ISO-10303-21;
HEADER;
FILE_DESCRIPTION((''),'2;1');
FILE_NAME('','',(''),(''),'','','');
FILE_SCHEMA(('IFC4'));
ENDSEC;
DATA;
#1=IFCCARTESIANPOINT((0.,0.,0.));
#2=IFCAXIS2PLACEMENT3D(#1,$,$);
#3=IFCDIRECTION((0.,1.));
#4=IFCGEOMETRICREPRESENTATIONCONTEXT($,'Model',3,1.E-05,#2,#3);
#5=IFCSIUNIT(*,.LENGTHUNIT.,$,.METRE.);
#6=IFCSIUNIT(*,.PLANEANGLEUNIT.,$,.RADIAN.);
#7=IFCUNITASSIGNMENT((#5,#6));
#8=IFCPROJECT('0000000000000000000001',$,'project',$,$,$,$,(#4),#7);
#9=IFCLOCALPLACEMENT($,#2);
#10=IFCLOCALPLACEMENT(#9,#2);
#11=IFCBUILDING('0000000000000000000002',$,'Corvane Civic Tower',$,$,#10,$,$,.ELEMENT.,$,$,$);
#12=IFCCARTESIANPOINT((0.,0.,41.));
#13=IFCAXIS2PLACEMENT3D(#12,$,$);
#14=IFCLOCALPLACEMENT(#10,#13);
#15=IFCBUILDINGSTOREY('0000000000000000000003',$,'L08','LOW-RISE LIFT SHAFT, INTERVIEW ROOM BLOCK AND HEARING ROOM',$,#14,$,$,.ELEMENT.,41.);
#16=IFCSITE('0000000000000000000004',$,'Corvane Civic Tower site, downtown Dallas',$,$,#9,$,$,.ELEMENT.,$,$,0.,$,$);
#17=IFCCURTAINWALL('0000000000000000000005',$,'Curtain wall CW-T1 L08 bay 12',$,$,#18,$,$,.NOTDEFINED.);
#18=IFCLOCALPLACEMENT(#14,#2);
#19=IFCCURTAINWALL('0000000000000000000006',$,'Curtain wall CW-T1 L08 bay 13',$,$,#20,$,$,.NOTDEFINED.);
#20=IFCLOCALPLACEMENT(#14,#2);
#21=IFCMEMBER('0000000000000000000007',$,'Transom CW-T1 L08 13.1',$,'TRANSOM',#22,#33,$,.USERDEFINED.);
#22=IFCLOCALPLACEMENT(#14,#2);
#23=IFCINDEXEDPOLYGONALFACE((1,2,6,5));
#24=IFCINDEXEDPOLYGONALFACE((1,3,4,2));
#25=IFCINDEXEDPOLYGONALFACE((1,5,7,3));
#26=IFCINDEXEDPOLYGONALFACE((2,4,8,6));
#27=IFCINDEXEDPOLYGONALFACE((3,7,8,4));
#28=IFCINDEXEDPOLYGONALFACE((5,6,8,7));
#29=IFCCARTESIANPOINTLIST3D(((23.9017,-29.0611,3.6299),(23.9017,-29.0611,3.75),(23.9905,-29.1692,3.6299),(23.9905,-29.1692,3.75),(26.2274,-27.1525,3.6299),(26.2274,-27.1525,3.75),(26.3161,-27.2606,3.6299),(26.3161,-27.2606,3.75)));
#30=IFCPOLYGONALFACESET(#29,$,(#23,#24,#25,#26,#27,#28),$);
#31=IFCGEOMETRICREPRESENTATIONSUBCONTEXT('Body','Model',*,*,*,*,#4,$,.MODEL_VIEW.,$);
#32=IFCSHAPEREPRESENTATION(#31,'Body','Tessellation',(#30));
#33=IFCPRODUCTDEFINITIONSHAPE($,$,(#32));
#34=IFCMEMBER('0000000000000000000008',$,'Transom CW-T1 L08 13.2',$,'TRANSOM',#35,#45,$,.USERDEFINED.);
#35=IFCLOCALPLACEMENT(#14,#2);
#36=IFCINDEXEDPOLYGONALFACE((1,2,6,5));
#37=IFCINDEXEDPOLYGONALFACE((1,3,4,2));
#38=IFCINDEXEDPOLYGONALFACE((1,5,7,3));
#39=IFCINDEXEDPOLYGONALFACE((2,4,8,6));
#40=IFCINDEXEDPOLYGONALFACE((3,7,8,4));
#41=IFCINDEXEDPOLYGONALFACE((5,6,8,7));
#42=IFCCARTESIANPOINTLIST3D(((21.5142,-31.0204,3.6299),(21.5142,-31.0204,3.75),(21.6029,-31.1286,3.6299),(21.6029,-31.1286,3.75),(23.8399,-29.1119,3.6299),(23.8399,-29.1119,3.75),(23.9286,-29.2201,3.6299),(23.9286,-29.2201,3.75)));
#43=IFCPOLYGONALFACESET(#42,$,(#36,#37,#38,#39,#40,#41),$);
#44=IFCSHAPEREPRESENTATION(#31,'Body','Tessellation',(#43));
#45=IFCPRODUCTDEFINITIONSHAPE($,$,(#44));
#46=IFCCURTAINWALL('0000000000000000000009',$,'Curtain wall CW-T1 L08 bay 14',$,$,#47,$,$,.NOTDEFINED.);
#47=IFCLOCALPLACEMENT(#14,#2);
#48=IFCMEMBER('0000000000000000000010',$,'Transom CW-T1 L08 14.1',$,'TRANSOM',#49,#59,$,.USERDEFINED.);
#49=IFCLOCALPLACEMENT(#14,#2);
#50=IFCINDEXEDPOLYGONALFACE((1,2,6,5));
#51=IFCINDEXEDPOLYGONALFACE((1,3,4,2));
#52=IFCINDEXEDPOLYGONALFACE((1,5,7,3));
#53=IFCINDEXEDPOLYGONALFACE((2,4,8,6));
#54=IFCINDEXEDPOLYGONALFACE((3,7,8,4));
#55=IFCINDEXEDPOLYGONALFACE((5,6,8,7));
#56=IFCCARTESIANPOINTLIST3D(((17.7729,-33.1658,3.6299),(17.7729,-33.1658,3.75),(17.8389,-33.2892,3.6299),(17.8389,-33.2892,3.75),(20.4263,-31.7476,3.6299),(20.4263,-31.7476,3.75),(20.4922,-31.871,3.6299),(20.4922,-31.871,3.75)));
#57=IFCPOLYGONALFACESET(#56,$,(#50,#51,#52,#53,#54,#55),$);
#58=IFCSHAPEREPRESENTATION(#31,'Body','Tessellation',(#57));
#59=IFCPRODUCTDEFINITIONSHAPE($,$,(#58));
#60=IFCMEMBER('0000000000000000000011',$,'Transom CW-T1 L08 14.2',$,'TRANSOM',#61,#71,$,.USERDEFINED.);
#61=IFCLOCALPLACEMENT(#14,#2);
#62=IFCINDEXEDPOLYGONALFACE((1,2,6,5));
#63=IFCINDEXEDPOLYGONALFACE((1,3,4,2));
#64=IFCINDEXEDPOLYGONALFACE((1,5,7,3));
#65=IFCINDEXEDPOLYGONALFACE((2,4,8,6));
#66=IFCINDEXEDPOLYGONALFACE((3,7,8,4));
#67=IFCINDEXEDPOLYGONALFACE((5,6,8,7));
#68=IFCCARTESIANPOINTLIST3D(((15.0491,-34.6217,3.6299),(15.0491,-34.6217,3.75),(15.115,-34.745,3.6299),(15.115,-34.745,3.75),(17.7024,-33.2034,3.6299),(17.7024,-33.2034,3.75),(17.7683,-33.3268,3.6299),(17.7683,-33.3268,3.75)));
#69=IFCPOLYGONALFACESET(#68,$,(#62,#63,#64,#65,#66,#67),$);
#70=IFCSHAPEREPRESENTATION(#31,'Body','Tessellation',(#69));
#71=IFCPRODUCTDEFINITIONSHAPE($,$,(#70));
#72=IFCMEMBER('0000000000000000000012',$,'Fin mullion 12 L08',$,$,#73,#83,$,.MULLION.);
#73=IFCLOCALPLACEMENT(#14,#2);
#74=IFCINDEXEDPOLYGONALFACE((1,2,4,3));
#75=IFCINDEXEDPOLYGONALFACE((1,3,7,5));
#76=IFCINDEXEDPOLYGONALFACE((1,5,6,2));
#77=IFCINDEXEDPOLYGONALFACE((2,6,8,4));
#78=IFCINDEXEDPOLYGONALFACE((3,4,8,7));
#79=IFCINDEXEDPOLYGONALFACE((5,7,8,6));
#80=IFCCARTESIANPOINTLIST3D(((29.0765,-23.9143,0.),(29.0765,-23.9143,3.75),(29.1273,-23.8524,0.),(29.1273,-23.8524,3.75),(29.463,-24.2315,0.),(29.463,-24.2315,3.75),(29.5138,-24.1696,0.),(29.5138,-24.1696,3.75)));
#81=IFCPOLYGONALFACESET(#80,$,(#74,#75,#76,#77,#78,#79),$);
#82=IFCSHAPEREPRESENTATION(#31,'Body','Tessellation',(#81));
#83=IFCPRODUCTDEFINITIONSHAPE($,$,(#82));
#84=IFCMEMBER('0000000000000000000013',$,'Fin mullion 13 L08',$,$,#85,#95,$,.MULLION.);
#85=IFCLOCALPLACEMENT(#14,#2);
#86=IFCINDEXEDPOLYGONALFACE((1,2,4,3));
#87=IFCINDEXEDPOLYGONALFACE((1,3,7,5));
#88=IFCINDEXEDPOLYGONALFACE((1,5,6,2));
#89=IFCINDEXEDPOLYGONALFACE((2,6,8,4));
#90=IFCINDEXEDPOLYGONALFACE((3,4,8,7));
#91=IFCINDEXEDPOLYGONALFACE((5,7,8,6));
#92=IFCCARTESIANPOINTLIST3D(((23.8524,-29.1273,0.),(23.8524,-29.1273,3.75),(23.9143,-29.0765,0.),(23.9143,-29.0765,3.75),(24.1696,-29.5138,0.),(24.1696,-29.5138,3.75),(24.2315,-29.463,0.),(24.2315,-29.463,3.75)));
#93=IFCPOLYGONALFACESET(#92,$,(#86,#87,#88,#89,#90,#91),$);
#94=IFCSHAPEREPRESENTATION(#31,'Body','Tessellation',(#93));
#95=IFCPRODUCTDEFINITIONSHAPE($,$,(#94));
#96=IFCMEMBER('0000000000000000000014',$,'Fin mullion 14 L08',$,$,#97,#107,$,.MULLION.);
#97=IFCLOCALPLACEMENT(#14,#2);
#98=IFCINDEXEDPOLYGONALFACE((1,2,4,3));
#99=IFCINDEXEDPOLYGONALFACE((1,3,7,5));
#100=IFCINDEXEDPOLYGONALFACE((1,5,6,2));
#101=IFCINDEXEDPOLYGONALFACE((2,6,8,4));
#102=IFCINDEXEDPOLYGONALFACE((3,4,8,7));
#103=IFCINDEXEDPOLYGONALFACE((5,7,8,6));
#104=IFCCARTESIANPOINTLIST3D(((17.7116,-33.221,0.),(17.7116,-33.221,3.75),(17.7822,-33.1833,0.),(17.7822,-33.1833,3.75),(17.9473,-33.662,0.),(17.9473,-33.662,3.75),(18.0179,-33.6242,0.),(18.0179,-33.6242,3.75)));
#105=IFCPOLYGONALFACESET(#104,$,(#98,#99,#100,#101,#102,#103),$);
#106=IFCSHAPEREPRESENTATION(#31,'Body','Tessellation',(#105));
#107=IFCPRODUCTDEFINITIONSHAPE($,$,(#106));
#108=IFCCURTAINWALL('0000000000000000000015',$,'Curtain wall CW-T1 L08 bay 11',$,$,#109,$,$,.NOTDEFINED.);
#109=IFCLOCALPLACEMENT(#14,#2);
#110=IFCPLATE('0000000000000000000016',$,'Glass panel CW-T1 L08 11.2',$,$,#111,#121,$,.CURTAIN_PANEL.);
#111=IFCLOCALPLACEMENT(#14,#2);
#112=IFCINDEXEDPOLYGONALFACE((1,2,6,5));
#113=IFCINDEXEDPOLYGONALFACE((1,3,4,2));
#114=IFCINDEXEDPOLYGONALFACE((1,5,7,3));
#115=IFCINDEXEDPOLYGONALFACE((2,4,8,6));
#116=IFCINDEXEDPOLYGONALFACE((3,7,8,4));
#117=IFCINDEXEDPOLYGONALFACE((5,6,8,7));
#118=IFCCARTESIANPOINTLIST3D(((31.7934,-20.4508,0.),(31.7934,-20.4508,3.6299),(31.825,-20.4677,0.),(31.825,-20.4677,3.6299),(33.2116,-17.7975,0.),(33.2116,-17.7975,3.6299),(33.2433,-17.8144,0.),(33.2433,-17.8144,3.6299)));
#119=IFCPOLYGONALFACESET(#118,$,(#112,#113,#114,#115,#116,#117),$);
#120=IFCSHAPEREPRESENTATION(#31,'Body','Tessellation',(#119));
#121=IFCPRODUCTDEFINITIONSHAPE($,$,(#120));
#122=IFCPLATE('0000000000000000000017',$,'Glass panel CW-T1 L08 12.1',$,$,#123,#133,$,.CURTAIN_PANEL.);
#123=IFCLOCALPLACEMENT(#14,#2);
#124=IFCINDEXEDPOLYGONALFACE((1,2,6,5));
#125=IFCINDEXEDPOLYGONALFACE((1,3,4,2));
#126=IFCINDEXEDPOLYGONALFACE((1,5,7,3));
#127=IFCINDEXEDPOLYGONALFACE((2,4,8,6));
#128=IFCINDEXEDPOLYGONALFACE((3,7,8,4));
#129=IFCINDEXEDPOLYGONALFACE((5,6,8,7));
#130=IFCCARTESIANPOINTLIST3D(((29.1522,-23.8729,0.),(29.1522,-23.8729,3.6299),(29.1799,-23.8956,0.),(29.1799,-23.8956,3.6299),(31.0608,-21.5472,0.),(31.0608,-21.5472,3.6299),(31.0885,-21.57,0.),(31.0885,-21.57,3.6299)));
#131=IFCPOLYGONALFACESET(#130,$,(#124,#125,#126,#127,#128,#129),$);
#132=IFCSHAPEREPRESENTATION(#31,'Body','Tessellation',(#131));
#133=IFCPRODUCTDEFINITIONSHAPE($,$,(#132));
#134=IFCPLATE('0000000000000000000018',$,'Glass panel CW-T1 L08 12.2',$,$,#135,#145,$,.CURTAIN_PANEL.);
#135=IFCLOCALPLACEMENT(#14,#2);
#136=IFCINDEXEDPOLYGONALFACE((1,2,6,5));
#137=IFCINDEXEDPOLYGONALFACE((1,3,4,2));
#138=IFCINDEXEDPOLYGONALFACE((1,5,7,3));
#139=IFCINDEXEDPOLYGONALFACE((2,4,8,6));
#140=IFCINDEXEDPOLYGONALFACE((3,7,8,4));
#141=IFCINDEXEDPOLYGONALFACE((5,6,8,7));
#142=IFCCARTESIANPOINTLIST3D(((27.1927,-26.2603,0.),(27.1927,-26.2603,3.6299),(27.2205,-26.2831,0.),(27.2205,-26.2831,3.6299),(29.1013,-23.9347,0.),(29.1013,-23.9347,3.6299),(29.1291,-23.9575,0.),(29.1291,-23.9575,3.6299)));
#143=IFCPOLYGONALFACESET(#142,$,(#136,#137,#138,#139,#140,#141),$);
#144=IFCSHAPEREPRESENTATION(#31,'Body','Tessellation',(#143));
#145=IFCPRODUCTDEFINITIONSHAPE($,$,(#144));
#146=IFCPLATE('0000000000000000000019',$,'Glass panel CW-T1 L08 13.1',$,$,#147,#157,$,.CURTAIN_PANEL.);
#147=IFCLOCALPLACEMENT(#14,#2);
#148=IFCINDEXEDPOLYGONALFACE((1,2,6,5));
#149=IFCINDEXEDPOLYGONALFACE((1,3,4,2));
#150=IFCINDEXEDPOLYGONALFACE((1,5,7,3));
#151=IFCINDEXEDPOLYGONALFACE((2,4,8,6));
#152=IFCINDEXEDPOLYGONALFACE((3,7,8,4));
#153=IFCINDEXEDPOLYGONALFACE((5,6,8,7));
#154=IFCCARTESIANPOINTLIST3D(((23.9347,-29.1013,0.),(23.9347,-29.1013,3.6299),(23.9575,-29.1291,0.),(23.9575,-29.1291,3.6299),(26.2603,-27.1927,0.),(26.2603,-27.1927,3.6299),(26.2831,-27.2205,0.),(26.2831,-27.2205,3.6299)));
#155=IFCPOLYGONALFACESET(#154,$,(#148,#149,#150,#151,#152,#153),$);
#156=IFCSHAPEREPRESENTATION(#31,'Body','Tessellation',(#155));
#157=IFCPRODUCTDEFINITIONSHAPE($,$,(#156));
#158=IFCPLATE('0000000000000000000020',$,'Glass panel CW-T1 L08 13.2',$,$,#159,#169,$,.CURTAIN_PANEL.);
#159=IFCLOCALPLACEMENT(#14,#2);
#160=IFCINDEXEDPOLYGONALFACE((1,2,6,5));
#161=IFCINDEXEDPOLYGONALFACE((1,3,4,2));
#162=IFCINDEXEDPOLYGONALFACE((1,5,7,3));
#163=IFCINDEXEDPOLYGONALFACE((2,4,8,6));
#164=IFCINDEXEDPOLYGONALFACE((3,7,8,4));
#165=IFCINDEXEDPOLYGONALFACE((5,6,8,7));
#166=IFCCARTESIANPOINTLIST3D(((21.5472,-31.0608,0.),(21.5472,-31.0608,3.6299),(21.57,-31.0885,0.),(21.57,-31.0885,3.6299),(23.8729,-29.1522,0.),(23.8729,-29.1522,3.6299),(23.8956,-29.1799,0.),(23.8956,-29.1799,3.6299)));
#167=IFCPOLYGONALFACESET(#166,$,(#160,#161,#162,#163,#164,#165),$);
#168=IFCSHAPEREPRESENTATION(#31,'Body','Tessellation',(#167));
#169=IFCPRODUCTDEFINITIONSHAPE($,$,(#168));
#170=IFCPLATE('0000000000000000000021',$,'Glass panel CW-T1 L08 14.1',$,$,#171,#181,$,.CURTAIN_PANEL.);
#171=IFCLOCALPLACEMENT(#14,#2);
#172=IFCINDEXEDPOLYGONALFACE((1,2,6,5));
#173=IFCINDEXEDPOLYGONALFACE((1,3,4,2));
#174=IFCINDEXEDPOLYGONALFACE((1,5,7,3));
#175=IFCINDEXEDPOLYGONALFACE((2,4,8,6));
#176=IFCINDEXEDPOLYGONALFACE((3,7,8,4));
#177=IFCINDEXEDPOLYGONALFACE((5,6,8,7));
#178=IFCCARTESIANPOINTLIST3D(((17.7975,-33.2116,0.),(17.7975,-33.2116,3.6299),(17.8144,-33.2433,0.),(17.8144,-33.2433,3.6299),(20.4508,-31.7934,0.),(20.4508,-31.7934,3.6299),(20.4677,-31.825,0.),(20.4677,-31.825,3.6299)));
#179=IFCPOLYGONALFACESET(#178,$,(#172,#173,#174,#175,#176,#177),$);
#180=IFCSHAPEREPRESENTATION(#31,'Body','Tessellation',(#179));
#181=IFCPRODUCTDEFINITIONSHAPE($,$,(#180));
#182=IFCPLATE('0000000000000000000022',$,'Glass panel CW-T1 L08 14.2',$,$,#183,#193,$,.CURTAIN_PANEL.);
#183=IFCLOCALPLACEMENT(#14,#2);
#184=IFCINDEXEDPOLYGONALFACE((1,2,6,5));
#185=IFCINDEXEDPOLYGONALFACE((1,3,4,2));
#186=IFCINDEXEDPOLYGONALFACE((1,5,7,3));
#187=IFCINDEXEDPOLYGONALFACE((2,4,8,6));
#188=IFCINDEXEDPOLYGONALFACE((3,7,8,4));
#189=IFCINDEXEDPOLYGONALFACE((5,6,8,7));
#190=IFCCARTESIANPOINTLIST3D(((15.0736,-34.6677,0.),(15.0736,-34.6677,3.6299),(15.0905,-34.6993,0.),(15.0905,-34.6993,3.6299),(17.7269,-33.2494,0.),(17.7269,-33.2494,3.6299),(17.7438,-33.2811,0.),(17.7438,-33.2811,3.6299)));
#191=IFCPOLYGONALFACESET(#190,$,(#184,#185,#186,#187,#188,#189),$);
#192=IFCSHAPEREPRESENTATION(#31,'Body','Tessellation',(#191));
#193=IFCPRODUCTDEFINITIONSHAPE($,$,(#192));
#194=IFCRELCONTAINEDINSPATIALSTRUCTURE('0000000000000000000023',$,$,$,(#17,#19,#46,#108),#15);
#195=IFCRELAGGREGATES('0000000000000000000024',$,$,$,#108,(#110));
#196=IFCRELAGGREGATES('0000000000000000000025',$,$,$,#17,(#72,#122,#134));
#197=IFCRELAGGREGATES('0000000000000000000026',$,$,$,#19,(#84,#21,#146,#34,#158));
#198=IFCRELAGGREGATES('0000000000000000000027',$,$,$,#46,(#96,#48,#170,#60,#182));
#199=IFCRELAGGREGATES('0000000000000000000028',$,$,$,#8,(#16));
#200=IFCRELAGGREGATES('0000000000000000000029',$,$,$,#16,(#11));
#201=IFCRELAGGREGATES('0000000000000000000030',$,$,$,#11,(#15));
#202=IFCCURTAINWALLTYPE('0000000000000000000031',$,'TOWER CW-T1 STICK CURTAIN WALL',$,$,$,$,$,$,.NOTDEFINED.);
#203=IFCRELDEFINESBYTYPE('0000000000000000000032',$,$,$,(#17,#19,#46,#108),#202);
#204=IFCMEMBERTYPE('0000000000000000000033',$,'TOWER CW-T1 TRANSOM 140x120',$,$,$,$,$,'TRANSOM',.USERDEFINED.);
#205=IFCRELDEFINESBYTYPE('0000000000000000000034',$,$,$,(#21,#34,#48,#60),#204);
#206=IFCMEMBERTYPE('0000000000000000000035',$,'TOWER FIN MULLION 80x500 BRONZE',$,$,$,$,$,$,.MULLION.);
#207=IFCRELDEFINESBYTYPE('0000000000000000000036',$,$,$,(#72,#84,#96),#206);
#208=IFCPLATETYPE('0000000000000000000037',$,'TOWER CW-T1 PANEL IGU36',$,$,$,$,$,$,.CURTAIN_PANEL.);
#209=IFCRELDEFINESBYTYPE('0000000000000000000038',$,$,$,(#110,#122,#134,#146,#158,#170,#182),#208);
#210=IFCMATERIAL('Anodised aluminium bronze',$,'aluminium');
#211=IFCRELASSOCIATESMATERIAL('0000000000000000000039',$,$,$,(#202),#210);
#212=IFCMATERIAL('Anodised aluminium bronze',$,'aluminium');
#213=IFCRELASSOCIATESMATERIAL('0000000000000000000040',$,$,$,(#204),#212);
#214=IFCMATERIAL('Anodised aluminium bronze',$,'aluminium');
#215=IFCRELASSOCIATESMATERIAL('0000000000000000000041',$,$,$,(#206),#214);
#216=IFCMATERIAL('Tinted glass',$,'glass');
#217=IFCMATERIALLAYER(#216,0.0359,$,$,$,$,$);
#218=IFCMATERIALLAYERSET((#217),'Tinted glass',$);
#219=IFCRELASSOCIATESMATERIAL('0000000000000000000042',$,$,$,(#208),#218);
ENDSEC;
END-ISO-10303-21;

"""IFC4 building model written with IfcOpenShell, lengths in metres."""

from ifc_helpers import new_model, si_unit, direction, frame, origin, origin_2d, place, context, subcontext, project, spatial, rectangle, extrude, material, layer, layer_set, material_profile, profile_set, type_object, element, aggregate, save


model = new_model("IFC4")

# Units and contexts
model_context = context("Model", 3, precision=1e-05, world=origin(), true_north=direction((0.0, 1.0)))
body_context = subcontext(model_context, "Body", "Model", "MODEL_VIEW")
ifc_project = project(units=[si_unit("LENGTHUNIT", "METRE"), si_unit("PLANEANGLEUNIT", "RADIAN")], contexts=[model_context])

# Site, building, storey
site_placement = place(None, origin())
site = spatial("IfcSite", under=ifc_project, at=site_placement, Name="Corvane Civic Tower site, downtown Dallas", CompositionType="ELEMENT", RefElevation=0.0)
building_placement = place(site_placement, origin())
building = spatial("IfcBuilding", under=site, at=building_placement, Name="Corvane Civic Tower", CompositionType="ELEMENT")
storey_placement = place(building_placement, frame((0.0, 0.0, 41.0)))
storey = spatial("IfcBuildingStorey", under=building, at=storey_placement, Name="L08", Description="LOW-RISE LIFT SHAFT, INTERVIEW ROOM BLOCK AND HEARING ROOM", CompositionType="ELEMENT", Elevation=41.0)

# Curtain walls, members
ifc_material_1 = material(Name="Anodised aluminium bronze", Category="aluminium")
curtain_wall_type = type_object("IfcCurtainWallType", Name="TOWER CW-T1 STICK CURTAIN WALL", PredefinedType="NOTDEFINED", material=ifc_material_1)
curtain_wall_1_placement = place(storey_placement, origin())
curtain_wall_1 = element("IfcCurtainWall", 1, at=curtain_wall_1_placement, inside=storey, type_object=curtain_wall_type, Name="Curtain wall CW-T1 L08 bay 12", PredefinedType="NOTDEFINED")
ifc_material_2 = material(Name="Anodised aluminium bronze", Category="aluminium")
ifc_material_profile_1 = material_profile(ifc_material_2, rectangle(XDim=0.1399, YDim=0.1201, at=origin_2d()), Name="TOWER CW-T1 TRANSOM 140x120")
ifc_profile_set_1 = profile_set([ifc_material_profile_1], Name="Anodised aluminium bronze")
member_type_1 = type_object("IfcMemberType", Name="TOWER CW-T1 TRANSOM 140x120", ElementType="TRANSOM", PredefinedType="USERDEFINED", material=ifc_profile_set_1)
curtain_wall_2_placement = place(storey_placement, origin())
curtain_wall_2 = element("IfcCurtainWall", 2, at=curtain_wall_2_placement, inside=storey, type_object=curtain_wall_type, Name="Curtain wall CW-T1 L08 bay 13", PredefinedType="NOTDEFINED")
member_1_placement = place(storey_placement, frame((26.2717, -27.2065, 3.6899), z_axis=(-0.773002, -0.634404, 0.0), x_axis=(0.634404, -0.773002, 0.0)))
member_1 = element("IfcMember", 3, at=member_1_placement, type_object=member_type_1, Name="Transom CW-T1 L08 13.1", ObjectType="TRANSOM", PredefinedType="USERDEFINED", context=body_context, shape_type="SweptSolid", body=[
    extrude(rectangle(XDim=0.1399, YDim=0.1201, at=origin_2d()), origin(), (0.0, 0.0, 1.0), 3.0085),
])
member_2_placement = place(storey_placement, frame((23.8843, -29.166, 3.6899), z_axis=(-0.773042, -0.634355, 0.0), x_axis=(0.634355, -0.773042, 0.0)))
member_2 = element("IfcMember", 4, at=member_2_placement, type_object=member_type_1, Name="Transom CW-T1 L08 13.2", ObjectType="TRANSOM", PredefinedType="USERDEFINED", context=body_context, shape_type="SweptSolid", body=[
    extrude(rectangle(XDim=0.1399, YDim=0.1201, at=origin_2d()), origin(), (0.0, 0.0, 1.0), 3.0085),
])
curtain_wall_3_placement = place(storey_placement, origin())
curtain_wall_3 = element("IfcCurtainWall", 5, at=curtain_wall_3_placement, inside=storey, type_object=curtain_wall_type, Name="Curtain wall CW-T1 L08 bay 14", PredefinedType="NOTDEFINED")
member_3_placement = place(storey_placement, frame((20.4592, -31.8093, 3.6899), z_axis=(-0.881924, -0.471393, 0.0), x_axis=(0.471393, -0.881924, 0.0)))
member_3 = element("IfcMember", 6, at=member_3_placement, type_object=member_type_1, Name="Transom CW-T1 L08 14.1", ObjectType="TRANSOM", PredefinedType="USERDEFINED", context=body_context, shape_type="SweptSolid", body=[
    extrude(rectangle(XDim=0.1399, YDim=0.1201, at=origin_2d()), origin(), (0.0, 0.0, 1.0), 3.0085),
])
member_4_placement = place(storey_placement, frame((17.7354, -33.2651, 3.6899), z_axis=(-0.881924, -0.471393, 0.0), x_axis=(0.471393, -0.881924, 0.0)))
member_4 = element("IfcMember", 7, at=member_4_placement, type_object=member_type_1, Name="Transom CW-T1 L08 14.2", ObjectType="TRANSOM", PredefinedType="USERDEFINED", context=body_context, shape_type="SweptSolid", body=[
    extrude(rectangle(XDim=0.1399, YDim=0.1201, at=origin_2d()), origin(), (0.0, 0.0, 1.0), 3.0085),
])

# Members
ifc_material_3 = material(Name="Anodised aluminium bronze", Category="aluminium")
ifc_material_profile_2 = material_profile(ifc_material_3, rectangle(XDim=0.0801, YDim=0.5, at=origin_2d()), Name="TOWER FIN MULLION 80x500 BRONZE")
ifc_profile_set_2 = profile_set([ifc_material_profile_2], Name="Anodised aluminium bronze")
member_type_2 = type_object("IfcMemberType", Name="TOWER FIN MULLION 80x500 BRONZE", PredefinedType="MULLION", material=ifc_profile_set_2)
member_5_placement = place(storey_placement, frame((29.2952, -24.042, 0.0), z_axis=(0.0, 0.0, 1.0), x_axis=(-0.634397, -0.773007, 0.0)))
member_5 = element("IfcMember", 8, at=member_5_placement, type_object=member_type_2, Name="Fin mullion 12 L08", PredefinedType="MULLION", context=body_context, shape_type="SweptSolid", body=[
    extrude(rectangle(XDim=0.0801, YDim=0.5, at=origin_2d()), origin(), (0.0, 0.0, 1.0), 3.75),
])
member_6_placement = place(storey_placement, frame((24.042, -29.2952, 0.0), z_axis=(0.0, 0.0, 1.0), x_axis=(-0.773007, -0.634397, 0.0)))
member_6 = element("IfcMember", 9, at=member_6_placement, type_object=member_type_2, Name="Fin mullion 13 L08", PredefinedType="MULLION", context=body_context, shape_type="SweptSolid", body=[
    extrude(rectangle(XDim=0.0801, YDim=0.5, at=origin_2d()), origin(), (0.0, 0.0, 1.0), 3.75),
])
member_7_placement = place(storey_placement, frame((17.8647, -33.4226, 0.0), z_axis=(0.0, 0.0, 1.0), x_axis=(-0.881918, -0.471404, 0.0)))
member_7 = element("IfcMember", 10, at=member_7_placement, type_object=member_type_2, Name="Fin mullion 14 L08", PredefinedType="MULLION", context=body_context, shape_type="SweptSolid", body=[
    extrude(rectangle(XDim=0.0801, YDim=0.5, at=origin_2d()), origin(), (0.0, 0.0, 1.0), 3.75),
])

# Curtain wall, plate
curtain_wall_4_placement = place(storey_placement, origin())
curtain_wall_4 = element("IfcCurtainWall", 11, at=curtain_wall_4_placement, inside=storey, type_object=curtain_wall_type, Name="Curtain wall CW-T1 L08 bay 11", PredefinedType="NOTDEFINED")
ifc_material_4 = material(Name="Tinted glass", Category="glass")
ifc_layer_1 = layer(ifc_material_4, 0.0359)
ifc_layer_set_1 = layer_set([ifc_layer_1], Name="Tinted glass")
plate_type = type_object("IfcPlateType", Name="TOWER CW-T1 PANEL IGU36", PredefinedType="CURTAIN_PANEL", material=ifc_layer_set_1)
plate_1_placement = place(storey_placement, frame((32.5183, -19.1326, 0.0), z_axis=(0.0, 0.0, 1.0), x_axis=(-0.471404, -0.881918, 0.0)))
plate_1 = element("IfcPlate", 12, at=plate_1_placement, type_object=plate_type, Name="Glass panel CW-T1 L08 11.2", PredefinedType="CURTAIN_PANEL", context=body_context, shape_type="SweptSolid", body=[
    extrude(rectangle(XDim=3.0085, YDim=0.0359, at=origin_2d()), origin(), (0.0, 0.0, 1.0), 3.6299),
])
aggregate(curtain_wall_4, [plate_1])

# Plates
plate_2_placement = place(storey_placement, frame((30.1204, -22.7214, 0.0), z_axis=(0.0, 0.0, 1.0), x_axis=(-0.634397, -0.773007, 0.0)))
plate_2 = element("IfcPlate", 13, at=plate_2_placement, type_object=plate_type, Name="Glass panel CW-T1 L08 12.1", PredefinedType="CURTAIN_PANEL", context=body_context, shape_type="SweptSolid", body=[
    extrude(rectangle(XDim=3.0085, YDim=0.0359, at=origin_2d()), origin(), (0.0, 0.0, 1.0), 3.6299),
])
plate_3_placement = place(storey_placement, frame((28.1609, -25.1089, 0.0), z_axis=(0.0, 0.0, 1.0), x_axis=(-0.634397, -0.773007, 0.0)))
plate_3 = element("IfcPlate", 14, at=plate_3_placement, type_object=plate_type, Name="Glass panel CW-T1 L08 12.2", PredefinedType="CURTAIN_PANEL", context=body_context, shape_type="SweptSolid", body=[
    extrude(rectangle(XDim=3.0085, YDim=0.0359, at=origin_2d()), origin(), (0.0, 0.0, 1.0), 3.6299),
])
aggregate(curtain_wall_1, [member_5, plate_2, plate_3])
plate_4_placement = place(storey_placement, frame((25.1089, -28.1609, 0.0), z_axis=(0.0, 0.0, 1.0), x_axis=(-0.773007, -0.634397, 0.0)))
plate_4 = element("IfcPlate", 15, at=plate_4_placement, type_object=plate_type, Name="Glass panel CW-T1 L08 13.1", PredefinedType="CURTAIN_PANEL", context=body_context, shape_type="SweptSolid", body=[
    extrude(rectangle(XDim=3.0085, YDim=0.0359, at=origin_2d()), origin(), (0.0, 0.0, 1.0), 3.6299),
])
plate_5_placement = place(storey_placement, frame((22.7214, -30.1204, 0.0), z_axis=(0.0, 0.0, 1.0), x_axis=(-0.773007, -0.634397, 0.0)))
plate_5 = element("IfcPlate", 16, at=plate_5_placement, type_object=plate_type, Name="Glass panel CW-T1 L08 13.2", PredefinedType="CURTAIN_PANEL", context=body_context, shape_type="SweptSolid", body=[
    extrude(rectangle(XDim=3.0085, YDim=0.0359, at=origin_2d()), origin(), (0.0, 0.0, 1.0), 3.6299),
])
aggregate(curtain_wall_2, [member_6, member_1, plate_4, member_2, plate_5])
plate_6_placement = place(storey_placement, frame((19.1326, -32.5183, 0.0), z_axis=(0.0, 0.0, 1.0), x_axis=(-0.881918, -0.471404, 0.0)))
plate_6 = element("IfcPlate", 17, at=plate_6_placement, type_object=plate_type, Name="Glass panel CW-T1 L08 14.1", PredefinedType="CURTAIN_PANEL", context=body_context, shape_type="SweptSolid", body=[
    extrude(rectangle(XDim=3.0085, YDim=0.0359, at=origin_2d()), origin(), (0.0, 0.0, 1.0), 3.6299),
])
plate_7_placement = place(storey_placement, frame((16.4087, -33.9744, 0.0), z_axis=(0.0, 0.0, 1.0), x_axis=(-0.881918, -0.471404, 0.0)))
plate_7 = element("IfcPlate", 18, at=plate_7_placement, type_object=plate_type, Name="Glass panel CW-T1 L08 14.2", PredefinedType="CURTAIN_PANEL", context=body_context, shape_type="SweptSolid", body=[
    extrude(rectangle(XDim=3.0085, YDim=0.0359, at=origin_2d()), origin(), (0.0, 0.0, 1.0), 3.6299),
])
aggregate(curtain_wall_3, [member_7, member_3, plate_6, member_4, plate_7])

save(model, "model.ifc")
